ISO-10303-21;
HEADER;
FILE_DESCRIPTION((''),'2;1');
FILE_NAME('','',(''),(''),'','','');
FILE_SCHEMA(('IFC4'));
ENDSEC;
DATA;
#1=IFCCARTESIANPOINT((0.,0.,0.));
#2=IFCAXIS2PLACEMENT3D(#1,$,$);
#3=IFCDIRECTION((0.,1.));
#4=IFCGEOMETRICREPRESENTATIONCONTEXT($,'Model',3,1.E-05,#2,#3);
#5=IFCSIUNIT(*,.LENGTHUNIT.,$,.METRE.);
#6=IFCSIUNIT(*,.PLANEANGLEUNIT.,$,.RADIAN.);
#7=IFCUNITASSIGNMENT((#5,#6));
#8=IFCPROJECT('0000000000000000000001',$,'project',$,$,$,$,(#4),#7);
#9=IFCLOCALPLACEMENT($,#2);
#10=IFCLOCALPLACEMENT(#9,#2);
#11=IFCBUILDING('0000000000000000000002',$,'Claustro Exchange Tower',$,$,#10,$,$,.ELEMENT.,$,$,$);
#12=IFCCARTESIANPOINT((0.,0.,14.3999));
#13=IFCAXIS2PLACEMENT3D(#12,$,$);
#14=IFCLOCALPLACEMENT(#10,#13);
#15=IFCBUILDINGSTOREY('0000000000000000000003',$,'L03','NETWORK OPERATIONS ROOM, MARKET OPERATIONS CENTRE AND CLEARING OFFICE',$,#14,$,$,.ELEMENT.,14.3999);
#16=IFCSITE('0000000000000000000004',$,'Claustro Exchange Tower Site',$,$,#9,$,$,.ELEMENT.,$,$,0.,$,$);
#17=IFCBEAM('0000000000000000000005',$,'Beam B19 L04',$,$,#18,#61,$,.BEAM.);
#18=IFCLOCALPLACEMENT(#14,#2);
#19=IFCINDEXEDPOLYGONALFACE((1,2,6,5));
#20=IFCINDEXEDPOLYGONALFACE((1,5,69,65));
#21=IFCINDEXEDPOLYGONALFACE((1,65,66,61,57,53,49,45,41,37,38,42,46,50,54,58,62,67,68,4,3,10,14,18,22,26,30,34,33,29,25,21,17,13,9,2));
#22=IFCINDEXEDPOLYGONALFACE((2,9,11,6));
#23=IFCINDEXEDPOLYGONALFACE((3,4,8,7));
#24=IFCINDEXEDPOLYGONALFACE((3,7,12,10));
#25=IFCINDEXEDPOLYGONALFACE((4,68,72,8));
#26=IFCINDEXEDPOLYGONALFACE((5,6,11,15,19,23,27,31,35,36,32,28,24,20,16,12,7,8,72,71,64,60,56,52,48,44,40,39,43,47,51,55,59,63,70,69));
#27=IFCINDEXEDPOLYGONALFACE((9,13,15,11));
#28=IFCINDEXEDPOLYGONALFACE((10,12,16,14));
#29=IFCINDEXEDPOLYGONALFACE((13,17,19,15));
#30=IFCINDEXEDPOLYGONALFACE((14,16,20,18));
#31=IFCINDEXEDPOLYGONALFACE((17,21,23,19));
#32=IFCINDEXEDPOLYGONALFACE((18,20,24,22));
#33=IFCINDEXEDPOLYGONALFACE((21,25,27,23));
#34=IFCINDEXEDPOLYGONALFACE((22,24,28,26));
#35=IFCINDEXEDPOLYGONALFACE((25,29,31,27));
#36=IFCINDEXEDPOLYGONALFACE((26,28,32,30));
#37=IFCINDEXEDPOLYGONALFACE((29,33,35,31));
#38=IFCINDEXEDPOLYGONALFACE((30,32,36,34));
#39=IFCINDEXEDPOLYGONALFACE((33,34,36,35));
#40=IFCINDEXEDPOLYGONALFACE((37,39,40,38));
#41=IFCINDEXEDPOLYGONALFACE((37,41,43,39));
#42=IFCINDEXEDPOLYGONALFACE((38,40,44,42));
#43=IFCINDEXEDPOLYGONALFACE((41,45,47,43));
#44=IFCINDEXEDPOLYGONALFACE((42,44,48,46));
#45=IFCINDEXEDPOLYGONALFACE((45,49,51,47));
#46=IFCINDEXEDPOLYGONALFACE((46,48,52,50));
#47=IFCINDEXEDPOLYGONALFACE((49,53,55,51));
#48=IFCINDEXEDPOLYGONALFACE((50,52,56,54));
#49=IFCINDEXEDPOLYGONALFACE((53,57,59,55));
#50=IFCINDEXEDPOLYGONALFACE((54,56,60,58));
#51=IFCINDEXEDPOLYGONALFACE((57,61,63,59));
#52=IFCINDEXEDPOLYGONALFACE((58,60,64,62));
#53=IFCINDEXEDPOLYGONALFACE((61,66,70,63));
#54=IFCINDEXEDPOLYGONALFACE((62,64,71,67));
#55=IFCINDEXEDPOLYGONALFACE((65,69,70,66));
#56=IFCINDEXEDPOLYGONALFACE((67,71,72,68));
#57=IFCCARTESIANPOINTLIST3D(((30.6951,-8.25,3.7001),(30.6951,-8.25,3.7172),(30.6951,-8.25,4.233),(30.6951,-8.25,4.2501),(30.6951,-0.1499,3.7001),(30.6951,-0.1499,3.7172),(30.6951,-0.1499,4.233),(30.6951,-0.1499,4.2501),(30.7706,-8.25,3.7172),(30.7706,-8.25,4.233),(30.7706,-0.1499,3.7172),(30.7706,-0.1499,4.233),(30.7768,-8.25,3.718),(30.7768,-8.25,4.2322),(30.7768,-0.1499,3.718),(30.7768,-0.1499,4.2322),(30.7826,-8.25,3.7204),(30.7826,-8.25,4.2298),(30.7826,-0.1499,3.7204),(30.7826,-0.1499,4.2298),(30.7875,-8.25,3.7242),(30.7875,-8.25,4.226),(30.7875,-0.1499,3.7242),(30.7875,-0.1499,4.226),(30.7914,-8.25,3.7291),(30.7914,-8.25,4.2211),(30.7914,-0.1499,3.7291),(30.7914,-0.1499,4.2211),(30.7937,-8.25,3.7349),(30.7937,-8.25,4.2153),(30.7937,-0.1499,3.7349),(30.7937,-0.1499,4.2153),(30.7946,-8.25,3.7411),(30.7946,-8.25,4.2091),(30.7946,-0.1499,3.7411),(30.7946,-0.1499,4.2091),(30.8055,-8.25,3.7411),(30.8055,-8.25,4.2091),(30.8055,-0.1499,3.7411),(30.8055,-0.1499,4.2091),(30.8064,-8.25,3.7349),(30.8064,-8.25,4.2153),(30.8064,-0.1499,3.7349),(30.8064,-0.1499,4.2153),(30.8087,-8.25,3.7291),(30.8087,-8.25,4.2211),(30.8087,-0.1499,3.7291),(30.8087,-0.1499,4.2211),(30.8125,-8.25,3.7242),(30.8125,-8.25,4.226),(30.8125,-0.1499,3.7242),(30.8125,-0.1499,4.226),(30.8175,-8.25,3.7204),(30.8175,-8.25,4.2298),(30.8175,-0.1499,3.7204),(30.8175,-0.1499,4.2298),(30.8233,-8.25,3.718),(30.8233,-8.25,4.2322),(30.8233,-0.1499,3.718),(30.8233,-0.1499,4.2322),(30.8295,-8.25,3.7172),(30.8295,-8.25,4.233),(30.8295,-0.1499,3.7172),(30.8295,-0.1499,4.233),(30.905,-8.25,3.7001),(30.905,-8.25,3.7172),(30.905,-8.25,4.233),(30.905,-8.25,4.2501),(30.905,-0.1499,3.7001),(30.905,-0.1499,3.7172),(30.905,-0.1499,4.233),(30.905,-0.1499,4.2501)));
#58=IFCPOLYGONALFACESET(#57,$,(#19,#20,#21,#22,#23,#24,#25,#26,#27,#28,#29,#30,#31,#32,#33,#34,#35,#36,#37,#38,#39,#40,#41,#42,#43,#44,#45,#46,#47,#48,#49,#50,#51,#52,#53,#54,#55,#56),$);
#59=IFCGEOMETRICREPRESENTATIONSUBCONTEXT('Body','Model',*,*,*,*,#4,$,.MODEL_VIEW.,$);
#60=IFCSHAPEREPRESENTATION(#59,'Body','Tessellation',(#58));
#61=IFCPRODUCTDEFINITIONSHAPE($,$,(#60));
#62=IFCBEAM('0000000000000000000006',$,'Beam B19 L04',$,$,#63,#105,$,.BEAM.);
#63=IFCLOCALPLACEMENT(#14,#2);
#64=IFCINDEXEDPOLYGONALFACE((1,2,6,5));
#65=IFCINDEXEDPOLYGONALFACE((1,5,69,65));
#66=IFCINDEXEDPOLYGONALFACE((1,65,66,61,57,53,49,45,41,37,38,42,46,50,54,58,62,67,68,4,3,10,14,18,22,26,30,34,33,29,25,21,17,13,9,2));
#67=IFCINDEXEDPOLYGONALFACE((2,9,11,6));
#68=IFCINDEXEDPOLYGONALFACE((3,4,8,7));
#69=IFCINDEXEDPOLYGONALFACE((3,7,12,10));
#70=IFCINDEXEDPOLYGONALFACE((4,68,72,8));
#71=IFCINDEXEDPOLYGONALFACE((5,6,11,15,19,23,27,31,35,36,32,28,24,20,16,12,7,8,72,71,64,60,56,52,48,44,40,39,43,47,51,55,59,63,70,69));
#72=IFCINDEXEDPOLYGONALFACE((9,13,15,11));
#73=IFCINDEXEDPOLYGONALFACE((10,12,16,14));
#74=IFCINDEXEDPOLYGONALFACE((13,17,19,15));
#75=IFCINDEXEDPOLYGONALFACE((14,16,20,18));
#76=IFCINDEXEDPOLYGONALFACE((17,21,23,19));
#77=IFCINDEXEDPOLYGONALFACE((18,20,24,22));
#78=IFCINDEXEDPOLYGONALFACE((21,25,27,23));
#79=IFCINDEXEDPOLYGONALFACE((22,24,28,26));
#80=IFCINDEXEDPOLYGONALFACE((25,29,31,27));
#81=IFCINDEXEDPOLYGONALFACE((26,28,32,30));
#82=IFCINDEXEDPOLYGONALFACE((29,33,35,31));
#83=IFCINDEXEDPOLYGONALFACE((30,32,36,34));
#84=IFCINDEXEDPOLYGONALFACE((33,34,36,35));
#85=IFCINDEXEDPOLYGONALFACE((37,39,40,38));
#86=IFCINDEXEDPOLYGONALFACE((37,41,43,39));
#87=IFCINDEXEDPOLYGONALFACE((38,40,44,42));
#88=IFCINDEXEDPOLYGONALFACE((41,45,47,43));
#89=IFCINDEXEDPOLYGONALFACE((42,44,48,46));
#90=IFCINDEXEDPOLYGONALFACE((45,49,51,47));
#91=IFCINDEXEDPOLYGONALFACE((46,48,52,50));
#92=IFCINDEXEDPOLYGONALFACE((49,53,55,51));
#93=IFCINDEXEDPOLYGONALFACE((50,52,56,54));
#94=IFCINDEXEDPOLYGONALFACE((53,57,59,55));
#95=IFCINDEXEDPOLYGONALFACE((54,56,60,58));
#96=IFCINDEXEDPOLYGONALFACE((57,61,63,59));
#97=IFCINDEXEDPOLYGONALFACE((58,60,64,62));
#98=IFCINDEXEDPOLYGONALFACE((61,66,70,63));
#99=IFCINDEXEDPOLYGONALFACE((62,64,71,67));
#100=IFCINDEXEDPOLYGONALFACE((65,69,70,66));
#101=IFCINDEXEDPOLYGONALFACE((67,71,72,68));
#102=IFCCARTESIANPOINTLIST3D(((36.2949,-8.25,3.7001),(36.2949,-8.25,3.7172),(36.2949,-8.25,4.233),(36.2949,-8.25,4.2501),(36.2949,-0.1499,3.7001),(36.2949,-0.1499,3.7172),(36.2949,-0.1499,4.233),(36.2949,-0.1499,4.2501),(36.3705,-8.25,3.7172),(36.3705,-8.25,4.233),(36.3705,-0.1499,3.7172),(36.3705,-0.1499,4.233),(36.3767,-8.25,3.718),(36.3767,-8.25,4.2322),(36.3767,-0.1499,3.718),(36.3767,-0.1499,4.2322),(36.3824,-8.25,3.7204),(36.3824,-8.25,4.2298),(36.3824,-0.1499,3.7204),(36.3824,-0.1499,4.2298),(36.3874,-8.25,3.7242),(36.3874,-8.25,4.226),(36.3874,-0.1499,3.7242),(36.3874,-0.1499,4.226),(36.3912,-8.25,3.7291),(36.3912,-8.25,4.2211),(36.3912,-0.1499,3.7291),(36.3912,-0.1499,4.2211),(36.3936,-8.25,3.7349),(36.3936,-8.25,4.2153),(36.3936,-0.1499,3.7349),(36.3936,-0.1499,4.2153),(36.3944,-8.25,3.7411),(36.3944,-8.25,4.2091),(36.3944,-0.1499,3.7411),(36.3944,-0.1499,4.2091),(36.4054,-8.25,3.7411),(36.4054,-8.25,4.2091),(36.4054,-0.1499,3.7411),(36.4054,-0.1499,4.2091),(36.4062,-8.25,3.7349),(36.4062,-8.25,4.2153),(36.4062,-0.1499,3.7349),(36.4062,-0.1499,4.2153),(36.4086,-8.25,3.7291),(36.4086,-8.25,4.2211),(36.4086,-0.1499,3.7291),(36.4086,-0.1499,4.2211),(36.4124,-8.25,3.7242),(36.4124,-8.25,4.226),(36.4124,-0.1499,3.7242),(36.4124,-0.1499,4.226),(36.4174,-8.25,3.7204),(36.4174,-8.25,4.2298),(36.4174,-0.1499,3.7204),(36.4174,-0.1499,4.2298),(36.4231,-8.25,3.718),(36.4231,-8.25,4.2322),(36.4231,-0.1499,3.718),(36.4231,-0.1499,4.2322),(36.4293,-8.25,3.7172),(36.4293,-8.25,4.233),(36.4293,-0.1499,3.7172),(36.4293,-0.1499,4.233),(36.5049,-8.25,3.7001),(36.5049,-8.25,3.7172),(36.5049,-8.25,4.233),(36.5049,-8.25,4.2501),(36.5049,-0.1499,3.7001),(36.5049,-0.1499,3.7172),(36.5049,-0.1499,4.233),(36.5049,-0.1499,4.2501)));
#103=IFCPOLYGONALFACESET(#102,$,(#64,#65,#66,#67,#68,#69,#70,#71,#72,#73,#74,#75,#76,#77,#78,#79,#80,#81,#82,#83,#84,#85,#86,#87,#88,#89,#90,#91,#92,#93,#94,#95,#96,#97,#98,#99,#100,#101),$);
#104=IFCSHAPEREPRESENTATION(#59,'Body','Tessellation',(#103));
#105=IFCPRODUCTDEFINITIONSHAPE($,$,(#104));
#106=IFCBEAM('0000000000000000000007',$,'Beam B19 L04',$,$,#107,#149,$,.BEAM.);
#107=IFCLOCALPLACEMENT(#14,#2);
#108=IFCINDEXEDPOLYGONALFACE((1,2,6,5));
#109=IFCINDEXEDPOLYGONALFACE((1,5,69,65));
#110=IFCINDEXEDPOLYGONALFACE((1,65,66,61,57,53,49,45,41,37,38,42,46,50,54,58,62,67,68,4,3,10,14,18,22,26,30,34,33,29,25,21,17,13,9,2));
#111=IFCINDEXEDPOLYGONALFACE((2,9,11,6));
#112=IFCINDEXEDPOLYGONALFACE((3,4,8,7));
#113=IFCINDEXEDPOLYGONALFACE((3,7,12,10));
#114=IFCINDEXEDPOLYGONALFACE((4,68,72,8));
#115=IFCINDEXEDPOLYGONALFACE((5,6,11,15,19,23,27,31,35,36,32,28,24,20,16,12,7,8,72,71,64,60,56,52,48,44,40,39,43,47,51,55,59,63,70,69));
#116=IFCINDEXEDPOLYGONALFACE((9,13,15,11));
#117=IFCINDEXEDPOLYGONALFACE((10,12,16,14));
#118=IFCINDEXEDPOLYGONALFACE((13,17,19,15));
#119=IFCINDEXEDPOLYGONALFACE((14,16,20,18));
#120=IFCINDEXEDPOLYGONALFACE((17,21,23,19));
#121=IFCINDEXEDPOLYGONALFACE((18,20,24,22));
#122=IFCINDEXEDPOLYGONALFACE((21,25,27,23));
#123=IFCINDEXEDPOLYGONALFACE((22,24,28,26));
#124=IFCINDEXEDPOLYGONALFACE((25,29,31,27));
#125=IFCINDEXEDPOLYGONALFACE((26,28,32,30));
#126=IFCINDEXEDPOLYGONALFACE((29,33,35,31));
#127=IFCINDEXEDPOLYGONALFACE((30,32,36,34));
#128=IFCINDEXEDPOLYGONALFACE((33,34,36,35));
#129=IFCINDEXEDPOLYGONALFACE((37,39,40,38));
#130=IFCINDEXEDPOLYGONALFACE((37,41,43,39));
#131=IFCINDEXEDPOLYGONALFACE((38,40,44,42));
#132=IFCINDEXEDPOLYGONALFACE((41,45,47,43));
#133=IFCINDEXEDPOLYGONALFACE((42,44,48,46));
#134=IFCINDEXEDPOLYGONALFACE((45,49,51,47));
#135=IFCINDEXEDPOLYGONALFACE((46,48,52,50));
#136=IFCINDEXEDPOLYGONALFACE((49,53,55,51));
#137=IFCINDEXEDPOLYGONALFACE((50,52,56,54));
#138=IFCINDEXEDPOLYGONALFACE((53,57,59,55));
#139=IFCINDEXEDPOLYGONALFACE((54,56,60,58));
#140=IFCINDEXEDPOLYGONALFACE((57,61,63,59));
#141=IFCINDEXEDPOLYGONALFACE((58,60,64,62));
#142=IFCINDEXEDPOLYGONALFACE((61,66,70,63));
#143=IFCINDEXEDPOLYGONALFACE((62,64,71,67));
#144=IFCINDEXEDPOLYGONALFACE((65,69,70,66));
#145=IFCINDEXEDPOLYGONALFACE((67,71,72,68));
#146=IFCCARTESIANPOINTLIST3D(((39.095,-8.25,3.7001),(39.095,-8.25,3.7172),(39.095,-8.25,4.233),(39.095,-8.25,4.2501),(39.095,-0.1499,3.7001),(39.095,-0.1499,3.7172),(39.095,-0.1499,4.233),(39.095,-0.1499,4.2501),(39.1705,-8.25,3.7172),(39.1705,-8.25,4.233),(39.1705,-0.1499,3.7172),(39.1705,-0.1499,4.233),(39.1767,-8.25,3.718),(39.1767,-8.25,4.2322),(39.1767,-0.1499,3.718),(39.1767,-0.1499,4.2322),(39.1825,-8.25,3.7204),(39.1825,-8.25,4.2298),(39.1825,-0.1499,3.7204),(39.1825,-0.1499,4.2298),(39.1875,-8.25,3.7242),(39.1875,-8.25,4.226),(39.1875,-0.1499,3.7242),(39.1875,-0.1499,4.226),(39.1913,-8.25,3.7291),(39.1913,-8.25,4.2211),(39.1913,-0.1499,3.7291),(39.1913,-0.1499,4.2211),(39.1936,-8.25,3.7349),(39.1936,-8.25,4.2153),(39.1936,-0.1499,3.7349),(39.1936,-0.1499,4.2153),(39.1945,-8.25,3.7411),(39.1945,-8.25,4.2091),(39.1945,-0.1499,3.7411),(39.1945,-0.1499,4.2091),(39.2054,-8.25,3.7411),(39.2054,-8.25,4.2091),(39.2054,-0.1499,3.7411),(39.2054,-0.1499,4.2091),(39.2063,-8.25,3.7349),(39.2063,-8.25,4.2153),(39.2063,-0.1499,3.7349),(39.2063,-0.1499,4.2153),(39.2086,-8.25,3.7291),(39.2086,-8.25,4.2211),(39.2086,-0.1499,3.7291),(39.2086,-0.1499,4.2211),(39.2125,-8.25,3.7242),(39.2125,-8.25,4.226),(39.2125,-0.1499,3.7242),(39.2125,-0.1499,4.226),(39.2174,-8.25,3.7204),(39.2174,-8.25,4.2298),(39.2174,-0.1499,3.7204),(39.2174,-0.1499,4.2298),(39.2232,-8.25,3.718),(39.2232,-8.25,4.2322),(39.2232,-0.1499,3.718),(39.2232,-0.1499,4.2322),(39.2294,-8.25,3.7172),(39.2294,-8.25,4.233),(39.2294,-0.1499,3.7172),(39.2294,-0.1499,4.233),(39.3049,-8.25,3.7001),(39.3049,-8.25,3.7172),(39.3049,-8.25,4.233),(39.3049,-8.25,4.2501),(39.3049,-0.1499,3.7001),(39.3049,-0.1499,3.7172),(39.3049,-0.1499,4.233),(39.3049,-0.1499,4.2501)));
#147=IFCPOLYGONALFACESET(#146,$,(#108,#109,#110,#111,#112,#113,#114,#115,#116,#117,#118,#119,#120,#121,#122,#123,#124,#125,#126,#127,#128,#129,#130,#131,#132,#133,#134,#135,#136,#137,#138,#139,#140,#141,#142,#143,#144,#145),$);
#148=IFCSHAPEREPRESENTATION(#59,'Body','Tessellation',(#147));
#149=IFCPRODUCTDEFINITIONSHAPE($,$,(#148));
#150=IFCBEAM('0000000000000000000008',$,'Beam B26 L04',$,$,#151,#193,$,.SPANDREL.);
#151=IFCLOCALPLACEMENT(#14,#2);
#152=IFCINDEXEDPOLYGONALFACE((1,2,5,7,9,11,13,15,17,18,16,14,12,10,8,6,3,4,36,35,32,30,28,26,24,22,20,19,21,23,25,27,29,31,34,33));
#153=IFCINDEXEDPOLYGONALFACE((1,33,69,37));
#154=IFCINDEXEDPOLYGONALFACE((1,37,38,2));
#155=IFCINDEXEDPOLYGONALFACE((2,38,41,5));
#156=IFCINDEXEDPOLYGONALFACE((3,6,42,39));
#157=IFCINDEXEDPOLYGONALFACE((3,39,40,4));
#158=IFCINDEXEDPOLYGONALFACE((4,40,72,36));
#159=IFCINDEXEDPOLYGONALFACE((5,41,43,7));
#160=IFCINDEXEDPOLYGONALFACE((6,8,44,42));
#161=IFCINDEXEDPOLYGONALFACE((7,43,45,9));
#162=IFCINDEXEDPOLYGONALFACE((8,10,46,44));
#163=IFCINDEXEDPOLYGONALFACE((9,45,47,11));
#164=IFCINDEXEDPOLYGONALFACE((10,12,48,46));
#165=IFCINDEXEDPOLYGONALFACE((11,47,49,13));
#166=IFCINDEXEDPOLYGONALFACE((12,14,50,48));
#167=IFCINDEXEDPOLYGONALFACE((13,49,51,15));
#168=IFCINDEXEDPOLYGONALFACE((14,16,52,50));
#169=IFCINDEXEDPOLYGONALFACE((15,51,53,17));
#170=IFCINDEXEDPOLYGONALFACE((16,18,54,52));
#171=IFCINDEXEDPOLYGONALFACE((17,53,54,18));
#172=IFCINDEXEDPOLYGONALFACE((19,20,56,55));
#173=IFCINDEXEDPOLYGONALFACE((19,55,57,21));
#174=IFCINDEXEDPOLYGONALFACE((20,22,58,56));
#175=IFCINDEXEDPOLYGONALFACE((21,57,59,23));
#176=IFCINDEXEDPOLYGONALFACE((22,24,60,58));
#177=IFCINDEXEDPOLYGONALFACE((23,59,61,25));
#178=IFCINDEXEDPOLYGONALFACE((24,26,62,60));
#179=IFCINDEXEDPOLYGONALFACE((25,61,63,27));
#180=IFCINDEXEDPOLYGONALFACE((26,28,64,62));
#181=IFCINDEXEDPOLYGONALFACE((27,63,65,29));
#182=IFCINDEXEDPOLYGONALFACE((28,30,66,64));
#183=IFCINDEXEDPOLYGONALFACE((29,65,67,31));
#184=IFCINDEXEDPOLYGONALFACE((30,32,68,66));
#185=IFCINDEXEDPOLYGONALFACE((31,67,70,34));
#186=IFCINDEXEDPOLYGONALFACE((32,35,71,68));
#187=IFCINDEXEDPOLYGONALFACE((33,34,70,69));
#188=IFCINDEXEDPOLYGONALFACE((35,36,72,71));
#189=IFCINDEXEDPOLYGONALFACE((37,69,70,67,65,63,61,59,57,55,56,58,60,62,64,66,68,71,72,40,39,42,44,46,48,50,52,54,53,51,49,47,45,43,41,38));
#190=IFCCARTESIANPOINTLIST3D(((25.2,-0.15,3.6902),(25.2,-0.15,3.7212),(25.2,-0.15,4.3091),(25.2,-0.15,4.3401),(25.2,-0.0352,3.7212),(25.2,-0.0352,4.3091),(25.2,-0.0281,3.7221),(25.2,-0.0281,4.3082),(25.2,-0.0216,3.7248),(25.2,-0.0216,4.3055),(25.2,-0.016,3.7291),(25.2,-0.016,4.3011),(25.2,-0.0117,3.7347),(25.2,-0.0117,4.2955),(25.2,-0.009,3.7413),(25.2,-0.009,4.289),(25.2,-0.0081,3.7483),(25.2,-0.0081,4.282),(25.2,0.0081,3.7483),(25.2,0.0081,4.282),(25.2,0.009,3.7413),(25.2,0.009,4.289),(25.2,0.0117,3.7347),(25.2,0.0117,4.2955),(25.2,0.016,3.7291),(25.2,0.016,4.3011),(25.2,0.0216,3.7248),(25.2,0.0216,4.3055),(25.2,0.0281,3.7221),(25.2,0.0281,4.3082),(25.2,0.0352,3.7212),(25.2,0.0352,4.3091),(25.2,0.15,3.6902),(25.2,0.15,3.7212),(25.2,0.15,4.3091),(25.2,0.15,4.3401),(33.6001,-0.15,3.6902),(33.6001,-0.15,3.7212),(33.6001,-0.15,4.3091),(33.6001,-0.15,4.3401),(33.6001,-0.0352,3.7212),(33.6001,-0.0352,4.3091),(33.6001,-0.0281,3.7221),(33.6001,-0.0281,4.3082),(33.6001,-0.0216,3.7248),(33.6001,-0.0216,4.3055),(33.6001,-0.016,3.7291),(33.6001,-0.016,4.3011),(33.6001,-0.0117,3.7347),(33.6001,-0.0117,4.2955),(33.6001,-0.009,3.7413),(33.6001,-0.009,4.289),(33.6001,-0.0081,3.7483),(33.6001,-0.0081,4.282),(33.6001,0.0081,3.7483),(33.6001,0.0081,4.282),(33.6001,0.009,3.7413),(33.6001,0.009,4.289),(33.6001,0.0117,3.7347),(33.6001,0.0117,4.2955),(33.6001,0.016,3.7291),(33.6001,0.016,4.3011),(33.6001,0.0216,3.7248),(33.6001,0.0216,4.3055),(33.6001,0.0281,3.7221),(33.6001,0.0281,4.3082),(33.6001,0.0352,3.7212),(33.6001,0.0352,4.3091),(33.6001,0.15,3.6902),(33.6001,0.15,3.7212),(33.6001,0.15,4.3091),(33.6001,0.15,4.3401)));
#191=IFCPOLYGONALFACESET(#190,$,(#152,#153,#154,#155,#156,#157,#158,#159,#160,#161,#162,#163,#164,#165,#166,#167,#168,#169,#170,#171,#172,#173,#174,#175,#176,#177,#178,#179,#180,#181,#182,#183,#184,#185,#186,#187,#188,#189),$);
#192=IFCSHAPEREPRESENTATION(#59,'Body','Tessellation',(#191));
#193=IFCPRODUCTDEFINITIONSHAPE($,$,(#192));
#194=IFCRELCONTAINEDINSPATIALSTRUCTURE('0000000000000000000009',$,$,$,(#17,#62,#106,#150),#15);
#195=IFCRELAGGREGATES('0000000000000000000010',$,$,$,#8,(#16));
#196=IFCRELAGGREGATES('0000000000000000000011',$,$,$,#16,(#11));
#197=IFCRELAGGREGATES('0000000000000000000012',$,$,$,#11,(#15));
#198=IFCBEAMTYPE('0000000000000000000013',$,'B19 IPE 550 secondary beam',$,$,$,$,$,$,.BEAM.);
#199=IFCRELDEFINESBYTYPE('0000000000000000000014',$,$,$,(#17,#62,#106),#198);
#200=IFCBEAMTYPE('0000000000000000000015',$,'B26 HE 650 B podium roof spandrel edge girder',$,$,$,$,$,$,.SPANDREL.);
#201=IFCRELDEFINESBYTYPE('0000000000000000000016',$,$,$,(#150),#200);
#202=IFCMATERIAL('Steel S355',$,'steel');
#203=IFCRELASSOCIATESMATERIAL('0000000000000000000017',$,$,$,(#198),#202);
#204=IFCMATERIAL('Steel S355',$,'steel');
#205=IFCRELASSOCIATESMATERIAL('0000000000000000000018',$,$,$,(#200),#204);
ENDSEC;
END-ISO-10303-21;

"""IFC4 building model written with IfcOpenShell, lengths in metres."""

from ifc_helpers import new_model, si_unit, direction, frame, origin, origin_2d, place, context, subcontext, project, spatial, i_section, extrude, material, material_profile, profile_set, type_object, element, save


model = new_model("IFC4")

# Units and contexts
model_context = context("Model", 3, precision=1e-05, world=origin(), true_north=direction((0.0, 1.0)))
body_context = subcontext(model_context, "Body", "Model", "MODEL_VIEW")
ifc_project = project(units=[si_unit("LENGTHUNIT", "METRE"), si_unit("PLANEANGLEUNIT", "RADIAN")], contexts=[model_context])

# Site, building, storey
site_placement = place(None, origin())
site = spatial("IfcSite", under=ifc_project, at=site_placement, Name="Claustro Exchange Tower Site", CompositionType="ELEMENT", RefElevation=0.0)
building_placement = place(site_placement, origin())
building = spatial("IfcBuilding", under=site, at=building_placement, Name="Claustro Exchange Tower", CompositionType="ELEMENT")
storey_placement = place(building_placement, frame((0.0, 0.0, 14.3999)))
storey = spatial("IfcBuildingStorey", under=building, at=storey_placement, Name="L03", Description="NETWORK OPERATIONS ROOM, MARKET OPERATIONS CENTRE AND CLEARING OFFICE", CompositionType="ELEMENT", Elevation=14.3999)

# Beams
ifc_material_1 = material(Name="Steel S355", Category="steel")
ifc_material_profile_1 = material_profile(ifc_material_1, i_section(OverallWidth=0.21, OverallDepth=0.55, WebThickness=0.011, FlangeThickness=0.0171, FilletRadius=0.0239, at=origin_2d()), Name="IPE 550")
ifc_profile_set_1 = profile_set([ifc_material_profile_1], Name="Steel S355")
beam_type_1 = type_object("IfcBeamType", Name="B19 IPE 550 secondary beam", PredefinedType="BEAM", material=ifc_profile_set_1)
for number, where, z_axis, x_axis, name in (
    (1, (30.8, -8.25, 3.9751), (0.0, 1.0, 0.0), (-1.0, 0.0, 0.0), "Beam B19 L04"),
    (2, (36.3999, -8.25, 3.9751), (0.0, 1.0, 0.0), (-1.0, 0.0, 0.0), "Beam B19 L04"),
    (3, (39.2, -8.25, 3.9751), (0.0, 1.0, 0.0), (-1.0, 0.0, 0.0), "Beam B19 L04"),
):
    element("IfcBeam", number, at=place(storey_placement, frame(where, z_axis=z_axis, x_axis=x_axis)), inside=storey, type_object=beam_type_1, Name=name, PredefinedType="BEAM", context=body_context, shape_type="SweptSolid", body=[
        extrude(i_section(OverallWidth=0.21, OverallDepth=0.55, WebThickness=0.011, FlangeThickness=0.0171, FilletRadius=0.0239, at=origin_2d()), origin(), (0.0, 0.0, 1.0), 8.1001),
    ])
ifc_material_2 = material(Name="Steel S355", Category="steel")
ifc_material_profile_2 = material_profile(ifc_material_2, i_section(OverallWidth=0.3, OverallDepth=0.6499, WebThickness=0.0161, FlangeThickness=0.031, FilletRadius=0.0271, at=origin_2d()), Name="HE 650 B")
ifc_profile_set_2 = profile_set([ifc_material_profile_2], Name="Steel S355")
beam_type_2 = type_object("IfcBeamType", Name="B26 HE 650 B podium roof spandrel edge girder", PredefinedType="SPANDREL", material=ifc_profile_set_2)
beam_1_placement = place(storey_placement, frame((25.2, 0.0, 4.0151), z_axis=(1.0, 0.0, 0.0), x_axis=(0.0, 1.0, 0.0)))
element("IfcBeam", 4, at=beam_1_placement, inside=storey, type_object=beam_type_2, Name="Beam B26 L04", PredefinedType="SPANDREL", context=body_context, shape_type="SweptSolid", body=[
    extrude(i_section(OverallWidth=0.3, OverallDepth=0.6499, WebThickness=0.0161, FlangeThickness=0.031, FilletRadius=0.0271, at=origin_2d()), origin(), (0.0, 0.0, 1.0), 8.4001),
])

save(model, "model.ifc")
